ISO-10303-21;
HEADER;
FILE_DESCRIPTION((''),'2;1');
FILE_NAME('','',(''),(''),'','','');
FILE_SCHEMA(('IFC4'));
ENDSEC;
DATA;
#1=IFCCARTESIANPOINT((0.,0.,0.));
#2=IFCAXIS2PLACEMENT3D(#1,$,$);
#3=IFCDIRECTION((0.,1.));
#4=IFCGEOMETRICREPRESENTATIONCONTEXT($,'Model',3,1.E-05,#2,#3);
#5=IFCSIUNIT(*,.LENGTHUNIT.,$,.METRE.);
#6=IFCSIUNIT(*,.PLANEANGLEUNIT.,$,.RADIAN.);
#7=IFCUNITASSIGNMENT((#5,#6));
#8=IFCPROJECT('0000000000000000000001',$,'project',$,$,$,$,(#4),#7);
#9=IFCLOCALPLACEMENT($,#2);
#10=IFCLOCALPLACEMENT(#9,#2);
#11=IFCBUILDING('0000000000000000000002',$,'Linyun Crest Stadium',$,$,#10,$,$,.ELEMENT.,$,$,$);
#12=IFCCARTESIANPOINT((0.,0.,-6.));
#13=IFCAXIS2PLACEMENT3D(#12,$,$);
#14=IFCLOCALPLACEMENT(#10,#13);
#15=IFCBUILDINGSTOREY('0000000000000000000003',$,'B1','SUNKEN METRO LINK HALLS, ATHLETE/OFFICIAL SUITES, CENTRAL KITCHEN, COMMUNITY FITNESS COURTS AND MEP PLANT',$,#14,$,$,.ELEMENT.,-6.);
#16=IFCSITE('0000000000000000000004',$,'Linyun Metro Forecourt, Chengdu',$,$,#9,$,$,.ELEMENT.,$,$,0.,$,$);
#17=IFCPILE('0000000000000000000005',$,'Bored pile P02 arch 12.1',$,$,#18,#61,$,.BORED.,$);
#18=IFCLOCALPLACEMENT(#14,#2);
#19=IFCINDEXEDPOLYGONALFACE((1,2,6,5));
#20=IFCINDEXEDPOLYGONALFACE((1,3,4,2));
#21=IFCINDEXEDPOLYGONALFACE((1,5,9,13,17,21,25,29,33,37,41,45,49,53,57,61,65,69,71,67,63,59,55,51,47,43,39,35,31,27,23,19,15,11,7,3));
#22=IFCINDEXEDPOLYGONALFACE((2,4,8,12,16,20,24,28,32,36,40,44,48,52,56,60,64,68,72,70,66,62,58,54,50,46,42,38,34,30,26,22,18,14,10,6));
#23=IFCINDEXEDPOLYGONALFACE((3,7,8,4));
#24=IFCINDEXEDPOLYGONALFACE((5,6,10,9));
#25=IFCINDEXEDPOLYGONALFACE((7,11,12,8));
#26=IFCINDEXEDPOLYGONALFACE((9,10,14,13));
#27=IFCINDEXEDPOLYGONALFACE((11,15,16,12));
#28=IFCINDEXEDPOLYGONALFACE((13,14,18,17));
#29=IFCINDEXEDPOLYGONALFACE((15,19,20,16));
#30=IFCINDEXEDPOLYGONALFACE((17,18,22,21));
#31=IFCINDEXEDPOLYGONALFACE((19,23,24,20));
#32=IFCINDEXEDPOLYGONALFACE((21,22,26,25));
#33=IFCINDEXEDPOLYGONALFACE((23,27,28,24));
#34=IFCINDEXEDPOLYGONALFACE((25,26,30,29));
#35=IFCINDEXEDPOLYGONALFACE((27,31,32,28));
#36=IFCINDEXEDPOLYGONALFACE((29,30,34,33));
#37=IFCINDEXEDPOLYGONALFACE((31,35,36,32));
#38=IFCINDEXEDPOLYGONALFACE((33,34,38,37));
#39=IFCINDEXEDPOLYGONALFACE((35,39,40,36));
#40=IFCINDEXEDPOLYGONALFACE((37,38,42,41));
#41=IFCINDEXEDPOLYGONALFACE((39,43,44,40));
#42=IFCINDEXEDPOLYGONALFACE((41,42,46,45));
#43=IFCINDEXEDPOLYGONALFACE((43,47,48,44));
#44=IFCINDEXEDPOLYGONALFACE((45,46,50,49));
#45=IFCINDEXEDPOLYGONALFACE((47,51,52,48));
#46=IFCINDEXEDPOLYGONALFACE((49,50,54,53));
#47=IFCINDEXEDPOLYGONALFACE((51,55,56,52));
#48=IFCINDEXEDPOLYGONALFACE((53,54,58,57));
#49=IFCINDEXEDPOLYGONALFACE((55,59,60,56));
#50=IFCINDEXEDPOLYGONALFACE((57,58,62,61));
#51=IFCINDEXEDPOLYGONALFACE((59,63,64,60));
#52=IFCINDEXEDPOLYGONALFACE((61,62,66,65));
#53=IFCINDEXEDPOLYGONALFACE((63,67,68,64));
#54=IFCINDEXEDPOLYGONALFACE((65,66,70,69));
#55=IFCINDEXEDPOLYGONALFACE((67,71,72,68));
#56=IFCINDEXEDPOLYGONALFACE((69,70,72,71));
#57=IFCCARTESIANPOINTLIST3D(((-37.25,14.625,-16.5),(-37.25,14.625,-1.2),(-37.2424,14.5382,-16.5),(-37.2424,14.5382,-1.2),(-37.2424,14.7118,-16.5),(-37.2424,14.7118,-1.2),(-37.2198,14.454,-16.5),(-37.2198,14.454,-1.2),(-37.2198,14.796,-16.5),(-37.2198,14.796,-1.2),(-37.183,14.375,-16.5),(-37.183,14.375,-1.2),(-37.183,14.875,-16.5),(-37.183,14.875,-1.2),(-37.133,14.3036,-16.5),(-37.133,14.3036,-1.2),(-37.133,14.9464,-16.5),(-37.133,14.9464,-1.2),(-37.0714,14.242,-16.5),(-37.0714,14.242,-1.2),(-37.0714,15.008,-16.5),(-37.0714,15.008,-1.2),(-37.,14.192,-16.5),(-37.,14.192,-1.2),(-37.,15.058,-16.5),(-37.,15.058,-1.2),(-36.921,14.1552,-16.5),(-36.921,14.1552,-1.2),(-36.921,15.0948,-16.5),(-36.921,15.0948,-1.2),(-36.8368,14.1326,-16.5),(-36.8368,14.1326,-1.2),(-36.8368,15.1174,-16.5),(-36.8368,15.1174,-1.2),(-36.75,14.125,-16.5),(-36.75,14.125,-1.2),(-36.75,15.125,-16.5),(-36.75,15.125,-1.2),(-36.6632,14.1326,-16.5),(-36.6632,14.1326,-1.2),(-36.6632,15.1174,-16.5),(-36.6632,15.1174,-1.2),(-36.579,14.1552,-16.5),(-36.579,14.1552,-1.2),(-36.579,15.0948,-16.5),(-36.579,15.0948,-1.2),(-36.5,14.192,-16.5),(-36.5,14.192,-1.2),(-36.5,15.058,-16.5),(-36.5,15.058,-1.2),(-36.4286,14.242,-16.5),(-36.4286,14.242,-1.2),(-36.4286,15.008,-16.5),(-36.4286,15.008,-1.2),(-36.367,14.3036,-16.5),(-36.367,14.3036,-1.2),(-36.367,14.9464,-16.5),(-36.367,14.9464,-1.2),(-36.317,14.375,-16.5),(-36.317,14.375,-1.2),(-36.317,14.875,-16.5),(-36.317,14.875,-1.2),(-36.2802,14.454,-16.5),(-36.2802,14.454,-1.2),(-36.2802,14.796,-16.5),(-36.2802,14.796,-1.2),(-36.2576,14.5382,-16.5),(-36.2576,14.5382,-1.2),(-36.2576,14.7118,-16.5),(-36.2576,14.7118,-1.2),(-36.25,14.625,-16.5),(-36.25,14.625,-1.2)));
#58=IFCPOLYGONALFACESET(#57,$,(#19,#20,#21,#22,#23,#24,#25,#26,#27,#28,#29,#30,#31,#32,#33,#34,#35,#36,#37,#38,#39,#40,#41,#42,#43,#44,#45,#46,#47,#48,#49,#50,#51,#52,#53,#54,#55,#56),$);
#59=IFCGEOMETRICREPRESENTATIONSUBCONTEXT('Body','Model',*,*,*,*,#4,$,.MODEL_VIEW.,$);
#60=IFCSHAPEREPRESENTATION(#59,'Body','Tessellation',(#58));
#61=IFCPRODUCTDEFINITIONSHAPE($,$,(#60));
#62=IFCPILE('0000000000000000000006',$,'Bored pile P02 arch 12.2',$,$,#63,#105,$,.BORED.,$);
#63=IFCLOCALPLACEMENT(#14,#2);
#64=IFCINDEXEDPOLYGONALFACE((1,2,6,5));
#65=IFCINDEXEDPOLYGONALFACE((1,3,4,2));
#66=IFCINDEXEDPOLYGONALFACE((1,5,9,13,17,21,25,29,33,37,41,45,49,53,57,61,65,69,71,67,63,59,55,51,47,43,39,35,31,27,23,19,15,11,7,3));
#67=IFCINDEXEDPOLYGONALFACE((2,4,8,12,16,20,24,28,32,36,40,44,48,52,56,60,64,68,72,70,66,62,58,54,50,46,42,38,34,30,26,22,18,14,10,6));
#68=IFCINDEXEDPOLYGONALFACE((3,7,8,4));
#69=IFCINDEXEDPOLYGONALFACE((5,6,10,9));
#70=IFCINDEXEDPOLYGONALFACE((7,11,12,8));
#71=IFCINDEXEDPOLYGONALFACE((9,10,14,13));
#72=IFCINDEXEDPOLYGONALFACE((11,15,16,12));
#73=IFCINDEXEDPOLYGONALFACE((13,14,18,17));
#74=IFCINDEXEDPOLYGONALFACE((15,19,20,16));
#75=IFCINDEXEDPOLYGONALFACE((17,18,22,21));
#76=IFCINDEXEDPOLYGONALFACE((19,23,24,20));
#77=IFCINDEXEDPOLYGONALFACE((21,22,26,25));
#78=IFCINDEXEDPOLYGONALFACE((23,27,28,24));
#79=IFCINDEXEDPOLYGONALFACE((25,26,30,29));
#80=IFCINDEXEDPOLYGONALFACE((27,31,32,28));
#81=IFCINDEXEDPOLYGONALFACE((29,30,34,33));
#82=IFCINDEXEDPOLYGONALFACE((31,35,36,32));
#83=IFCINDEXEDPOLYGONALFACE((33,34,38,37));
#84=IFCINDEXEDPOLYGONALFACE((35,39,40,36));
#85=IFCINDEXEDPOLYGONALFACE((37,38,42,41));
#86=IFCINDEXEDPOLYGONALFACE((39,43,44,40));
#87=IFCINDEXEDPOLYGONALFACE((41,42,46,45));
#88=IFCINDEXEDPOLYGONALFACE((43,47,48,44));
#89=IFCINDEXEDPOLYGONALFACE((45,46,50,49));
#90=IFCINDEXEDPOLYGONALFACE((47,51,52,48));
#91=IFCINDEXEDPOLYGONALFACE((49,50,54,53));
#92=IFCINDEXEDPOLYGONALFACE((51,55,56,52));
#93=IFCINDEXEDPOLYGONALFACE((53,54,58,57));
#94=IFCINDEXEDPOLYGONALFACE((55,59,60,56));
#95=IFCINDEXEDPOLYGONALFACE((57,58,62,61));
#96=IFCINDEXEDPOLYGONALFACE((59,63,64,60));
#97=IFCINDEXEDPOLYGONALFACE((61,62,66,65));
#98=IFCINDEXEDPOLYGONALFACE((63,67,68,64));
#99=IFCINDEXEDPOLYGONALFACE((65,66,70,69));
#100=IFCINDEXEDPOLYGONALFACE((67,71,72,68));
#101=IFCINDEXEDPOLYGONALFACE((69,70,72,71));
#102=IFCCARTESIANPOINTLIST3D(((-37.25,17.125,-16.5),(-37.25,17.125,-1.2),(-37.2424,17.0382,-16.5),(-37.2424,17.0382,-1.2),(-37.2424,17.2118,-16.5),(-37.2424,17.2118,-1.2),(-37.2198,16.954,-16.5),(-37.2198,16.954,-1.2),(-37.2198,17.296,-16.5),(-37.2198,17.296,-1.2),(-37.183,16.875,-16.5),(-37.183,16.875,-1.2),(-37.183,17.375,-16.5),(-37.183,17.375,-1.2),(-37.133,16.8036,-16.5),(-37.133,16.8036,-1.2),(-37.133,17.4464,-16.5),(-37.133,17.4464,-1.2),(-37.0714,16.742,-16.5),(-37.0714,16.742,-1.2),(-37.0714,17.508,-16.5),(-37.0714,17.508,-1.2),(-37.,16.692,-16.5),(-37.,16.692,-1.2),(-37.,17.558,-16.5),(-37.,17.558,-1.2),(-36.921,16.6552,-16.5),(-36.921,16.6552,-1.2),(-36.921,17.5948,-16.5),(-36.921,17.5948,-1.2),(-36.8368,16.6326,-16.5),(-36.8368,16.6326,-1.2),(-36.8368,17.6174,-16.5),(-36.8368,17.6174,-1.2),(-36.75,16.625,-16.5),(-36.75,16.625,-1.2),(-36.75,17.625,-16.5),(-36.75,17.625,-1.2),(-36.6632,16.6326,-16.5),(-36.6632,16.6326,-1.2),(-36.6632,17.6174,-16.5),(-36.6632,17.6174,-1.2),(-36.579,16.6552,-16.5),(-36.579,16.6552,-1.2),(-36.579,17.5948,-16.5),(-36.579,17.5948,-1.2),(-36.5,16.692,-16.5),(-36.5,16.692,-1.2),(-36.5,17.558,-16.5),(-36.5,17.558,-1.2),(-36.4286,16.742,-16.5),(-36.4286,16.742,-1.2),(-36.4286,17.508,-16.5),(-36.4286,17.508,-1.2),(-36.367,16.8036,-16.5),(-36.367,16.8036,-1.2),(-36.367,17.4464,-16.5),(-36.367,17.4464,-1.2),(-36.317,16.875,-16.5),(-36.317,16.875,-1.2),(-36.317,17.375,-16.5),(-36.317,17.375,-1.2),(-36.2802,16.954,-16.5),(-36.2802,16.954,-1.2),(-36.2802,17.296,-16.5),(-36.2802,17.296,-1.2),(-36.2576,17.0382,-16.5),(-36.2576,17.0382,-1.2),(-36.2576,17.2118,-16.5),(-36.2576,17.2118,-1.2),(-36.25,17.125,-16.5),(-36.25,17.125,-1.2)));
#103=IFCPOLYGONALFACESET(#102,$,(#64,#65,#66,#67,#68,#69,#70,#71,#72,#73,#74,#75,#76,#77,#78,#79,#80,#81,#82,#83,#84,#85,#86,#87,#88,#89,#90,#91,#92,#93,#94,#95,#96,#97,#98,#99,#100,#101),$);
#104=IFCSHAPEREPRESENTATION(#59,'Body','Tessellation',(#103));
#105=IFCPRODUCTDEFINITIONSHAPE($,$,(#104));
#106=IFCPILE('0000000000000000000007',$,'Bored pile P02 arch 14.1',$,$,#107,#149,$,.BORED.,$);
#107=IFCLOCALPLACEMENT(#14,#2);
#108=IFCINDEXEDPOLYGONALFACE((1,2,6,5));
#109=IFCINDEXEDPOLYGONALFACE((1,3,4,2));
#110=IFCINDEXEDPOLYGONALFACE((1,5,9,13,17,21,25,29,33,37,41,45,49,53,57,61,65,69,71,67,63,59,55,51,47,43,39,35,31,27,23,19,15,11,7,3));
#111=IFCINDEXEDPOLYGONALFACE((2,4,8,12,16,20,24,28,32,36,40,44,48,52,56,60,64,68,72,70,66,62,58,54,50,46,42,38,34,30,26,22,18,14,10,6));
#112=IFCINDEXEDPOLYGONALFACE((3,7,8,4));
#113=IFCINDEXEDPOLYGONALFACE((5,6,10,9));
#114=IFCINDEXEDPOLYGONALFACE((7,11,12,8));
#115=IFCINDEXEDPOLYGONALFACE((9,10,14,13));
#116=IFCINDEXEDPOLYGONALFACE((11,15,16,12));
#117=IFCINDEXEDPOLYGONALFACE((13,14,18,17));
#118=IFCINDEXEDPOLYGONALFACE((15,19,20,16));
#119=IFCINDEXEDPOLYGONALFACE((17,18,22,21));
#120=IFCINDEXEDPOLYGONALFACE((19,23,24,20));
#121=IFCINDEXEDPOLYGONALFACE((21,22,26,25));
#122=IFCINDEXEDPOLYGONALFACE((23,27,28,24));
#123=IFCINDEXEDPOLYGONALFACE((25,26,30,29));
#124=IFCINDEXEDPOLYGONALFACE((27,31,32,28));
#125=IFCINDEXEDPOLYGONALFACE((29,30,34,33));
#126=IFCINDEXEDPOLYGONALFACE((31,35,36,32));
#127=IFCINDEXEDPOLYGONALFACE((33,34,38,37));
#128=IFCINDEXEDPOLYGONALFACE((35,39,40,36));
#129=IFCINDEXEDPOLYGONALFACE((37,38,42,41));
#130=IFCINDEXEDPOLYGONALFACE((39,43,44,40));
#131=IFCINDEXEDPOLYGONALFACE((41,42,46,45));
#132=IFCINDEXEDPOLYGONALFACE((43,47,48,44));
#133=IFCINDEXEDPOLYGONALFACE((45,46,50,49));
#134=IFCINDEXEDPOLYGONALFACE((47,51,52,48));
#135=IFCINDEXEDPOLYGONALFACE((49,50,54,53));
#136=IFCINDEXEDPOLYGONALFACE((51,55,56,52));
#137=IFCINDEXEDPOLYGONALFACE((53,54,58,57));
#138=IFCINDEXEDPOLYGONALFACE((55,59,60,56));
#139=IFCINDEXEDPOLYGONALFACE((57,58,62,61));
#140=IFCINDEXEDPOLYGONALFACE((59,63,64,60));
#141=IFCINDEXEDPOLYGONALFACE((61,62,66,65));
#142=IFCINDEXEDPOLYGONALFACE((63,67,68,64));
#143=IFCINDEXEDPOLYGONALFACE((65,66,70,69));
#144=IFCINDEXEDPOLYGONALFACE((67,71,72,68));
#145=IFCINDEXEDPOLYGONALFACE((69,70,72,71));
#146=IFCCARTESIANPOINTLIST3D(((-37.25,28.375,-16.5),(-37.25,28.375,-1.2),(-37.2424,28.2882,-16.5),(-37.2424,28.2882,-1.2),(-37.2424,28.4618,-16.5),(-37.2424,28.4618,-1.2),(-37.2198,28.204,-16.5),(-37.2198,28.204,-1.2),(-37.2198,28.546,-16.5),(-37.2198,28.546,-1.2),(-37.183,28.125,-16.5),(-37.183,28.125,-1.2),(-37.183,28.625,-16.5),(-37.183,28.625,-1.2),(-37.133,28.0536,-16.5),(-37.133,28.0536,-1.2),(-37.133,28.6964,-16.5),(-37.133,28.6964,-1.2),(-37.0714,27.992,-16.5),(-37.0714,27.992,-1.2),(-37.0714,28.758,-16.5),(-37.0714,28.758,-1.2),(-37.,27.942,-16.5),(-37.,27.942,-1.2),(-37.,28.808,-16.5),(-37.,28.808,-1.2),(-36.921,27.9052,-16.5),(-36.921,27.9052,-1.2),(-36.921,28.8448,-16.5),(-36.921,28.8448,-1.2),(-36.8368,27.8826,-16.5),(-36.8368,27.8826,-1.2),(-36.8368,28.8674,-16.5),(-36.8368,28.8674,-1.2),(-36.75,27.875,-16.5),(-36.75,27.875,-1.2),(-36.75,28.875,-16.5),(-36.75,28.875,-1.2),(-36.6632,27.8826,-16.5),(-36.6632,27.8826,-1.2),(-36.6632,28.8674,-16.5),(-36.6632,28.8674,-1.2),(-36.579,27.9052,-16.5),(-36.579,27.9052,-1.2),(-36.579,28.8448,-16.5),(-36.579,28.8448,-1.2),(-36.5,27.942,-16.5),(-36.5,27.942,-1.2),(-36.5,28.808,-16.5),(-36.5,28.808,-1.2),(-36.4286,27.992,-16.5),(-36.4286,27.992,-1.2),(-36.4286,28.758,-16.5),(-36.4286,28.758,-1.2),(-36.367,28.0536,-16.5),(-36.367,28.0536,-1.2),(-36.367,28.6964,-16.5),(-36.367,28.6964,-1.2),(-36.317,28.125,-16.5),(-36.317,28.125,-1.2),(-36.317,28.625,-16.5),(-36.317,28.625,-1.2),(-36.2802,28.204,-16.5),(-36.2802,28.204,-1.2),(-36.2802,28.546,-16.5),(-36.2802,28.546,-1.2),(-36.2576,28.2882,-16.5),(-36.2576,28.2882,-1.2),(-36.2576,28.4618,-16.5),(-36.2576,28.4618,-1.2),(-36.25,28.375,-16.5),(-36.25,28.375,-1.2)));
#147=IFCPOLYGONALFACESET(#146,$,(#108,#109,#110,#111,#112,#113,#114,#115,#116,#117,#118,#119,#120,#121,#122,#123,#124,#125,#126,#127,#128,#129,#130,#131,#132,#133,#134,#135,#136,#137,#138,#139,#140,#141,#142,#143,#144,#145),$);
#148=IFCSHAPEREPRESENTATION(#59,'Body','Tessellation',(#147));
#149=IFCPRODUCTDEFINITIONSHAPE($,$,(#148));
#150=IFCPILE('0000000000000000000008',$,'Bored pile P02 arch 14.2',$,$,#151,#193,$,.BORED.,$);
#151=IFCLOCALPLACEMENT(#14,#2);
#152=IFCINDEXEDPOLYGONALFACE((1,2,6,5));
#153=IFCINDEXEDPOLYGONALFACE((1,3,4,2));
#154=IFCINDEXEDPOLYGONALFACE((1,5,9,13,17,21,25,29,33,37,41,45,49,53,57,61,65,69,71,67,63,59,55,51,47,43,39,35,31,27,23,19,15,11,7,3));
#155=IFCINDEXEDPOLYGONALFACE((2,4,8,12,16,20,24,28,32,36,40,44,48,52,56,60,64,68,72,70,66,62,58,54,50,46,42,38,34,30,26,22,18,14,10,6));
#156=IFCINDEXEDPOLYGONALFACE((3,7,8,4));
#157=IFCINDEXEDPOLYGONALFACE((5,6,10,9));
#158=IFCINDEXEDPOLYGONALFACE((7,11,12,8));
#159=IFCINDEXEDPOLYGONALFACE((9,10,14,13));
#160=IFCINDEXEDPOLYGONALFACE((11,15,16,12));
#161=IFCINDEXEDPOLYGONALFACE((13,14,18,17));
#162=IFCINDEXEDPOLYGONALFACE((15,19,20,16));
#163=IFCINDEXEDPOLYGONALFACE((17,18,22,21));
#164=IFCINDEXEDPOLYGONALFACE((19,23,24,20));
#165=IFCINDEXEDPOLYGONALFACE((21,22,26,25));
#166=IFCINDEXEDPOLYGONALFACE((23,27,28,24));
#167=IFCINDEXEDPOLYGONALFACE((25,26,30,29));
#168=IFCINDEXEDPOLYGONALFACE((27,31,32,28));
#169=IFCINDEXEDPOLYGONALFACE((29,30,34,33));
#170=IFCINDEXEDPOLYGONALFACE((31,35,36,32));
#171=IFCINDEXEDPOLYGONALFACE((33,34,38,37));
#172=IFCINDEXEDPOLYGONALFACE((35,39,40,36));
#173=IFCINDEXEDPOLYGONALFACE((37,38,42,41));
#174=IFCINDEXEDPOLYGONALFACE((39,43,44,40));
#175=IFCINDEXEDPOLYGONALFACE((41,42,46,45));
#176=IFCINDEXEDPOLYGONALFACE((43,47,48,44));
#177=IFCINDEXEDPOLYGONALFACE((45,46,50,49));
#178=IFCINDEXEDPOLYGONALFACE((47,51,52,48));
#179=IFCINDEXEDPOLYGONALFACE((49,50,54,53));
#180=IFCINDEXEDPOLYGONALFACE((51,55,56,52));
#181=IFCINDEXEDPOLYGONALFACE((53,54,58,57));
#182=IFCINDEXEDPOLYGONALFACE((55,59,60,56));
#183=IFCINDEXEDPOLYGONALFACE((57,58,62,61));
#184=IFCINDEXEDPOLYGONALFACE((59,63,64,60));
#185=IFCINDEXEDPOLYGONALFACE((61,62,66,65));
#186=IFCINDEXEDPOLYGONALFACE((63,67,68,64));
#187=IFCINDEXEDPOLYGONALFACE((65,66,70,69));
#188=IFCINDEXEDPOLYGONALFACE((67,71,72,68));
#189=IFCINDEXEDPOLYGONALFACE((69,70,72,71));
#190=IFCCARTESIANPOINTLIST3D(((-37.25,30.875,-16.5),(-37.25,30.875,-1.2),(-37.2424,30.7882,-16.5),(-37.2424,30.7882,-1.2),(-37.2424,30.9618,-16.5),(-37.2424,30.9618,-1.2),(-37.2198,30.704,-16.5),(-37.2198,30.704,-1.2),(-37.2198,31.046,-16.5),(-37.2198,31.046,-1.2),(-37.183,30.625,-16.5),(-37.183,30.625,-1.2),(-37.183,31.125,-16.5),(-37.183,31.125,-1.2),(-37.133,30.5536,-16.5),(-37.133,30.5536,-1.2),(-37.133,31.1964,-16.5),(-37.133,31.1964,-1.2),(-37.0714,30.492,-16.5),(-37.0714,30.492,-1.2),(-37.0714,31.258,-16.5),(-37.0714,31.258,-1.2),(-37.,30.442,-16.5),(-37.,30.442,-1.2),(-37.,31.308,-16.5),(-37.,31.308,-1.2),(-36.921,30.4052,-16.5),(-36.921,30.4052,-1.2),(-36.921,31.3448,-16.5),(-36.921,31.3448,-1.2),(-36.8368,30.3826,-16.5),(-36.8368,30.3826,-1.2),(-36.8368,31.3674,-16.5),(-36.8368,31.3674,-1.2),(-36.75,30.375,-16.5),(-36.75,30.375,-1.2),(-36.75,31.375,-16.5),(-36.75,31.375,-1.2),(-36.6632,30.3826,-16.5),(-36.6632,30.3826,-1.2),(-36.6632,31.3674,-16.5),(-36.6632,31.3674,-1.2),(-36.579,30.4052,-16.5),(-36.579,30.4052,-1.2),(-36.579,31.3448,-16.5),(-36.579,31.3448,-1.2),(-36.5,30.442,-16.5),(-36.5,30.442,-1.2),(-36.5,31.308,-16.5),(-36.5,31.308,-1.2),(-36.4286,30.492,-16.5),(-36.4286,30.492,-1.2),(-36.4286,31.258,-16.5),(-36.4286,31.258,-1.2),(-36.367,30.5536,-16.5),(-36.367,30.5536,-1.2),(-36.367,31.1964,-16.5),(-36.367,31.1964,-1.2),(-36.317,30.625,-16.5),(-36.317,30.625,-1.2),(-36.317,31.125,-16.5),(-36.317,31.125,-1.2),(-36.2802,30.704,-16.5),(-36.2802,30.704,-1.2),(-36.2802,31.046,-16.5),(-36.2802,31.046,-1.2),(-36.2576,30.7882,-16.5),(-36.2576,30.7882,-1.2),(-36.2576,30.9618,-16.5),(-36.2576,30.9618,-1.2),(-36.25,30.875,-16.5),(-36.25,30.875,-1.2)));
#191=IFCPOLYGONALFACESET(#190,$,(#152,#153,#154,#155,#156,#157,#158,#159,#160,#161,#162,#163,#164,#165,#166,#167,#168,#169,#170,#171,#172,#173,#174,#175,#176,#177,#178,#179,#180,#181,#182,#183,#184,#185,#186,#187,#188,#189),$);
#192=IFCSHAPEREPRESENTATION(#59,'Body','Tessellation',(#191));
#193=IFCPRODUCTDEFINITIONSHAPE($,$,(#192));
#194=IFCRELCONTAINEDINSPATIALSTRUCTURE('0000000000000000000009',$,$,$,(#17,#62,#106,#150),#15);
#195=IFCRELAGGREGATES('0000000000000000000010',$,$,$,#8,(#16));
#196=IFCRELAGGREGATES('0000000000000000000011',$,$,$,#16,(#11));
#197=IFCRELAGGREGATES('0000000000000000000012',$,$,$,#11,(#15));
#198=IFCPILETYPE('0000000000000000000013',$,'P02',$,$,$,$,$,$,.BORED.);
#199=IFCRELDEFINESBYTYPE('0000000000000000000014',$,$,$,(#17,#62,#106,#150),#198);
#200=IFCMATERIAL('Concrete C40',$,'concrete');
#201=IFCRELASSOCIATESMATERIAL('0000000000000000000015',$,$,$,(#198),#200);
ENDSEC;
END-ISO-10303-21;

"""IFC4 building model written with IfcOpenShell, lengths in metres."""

from ifc_helpers import new_model, si_unit, direction, frame, origin, origin_2d, place, context, subcontext, project, spatial, circle, extrude, material, material_profile, profile_set, type_object, element, save


model = new_model("IFC4")

# Units and contexts
model_context = context("Model", 3, precision=1e-05, world=origin(), true_north=direction((0.0, 1.0)))
body_context = subcontext(model_context, "Body", "Model", "MODEL_VIEW")
ifc_project = project(units=[si_unit("LENGTHUNIT", "METRE"), si_unit("PLANEANGLEUNIT", "RADIAN")], contexts=[model_context])

# Site, building, storey
site_placement = place(None, origin())
site = spatial("IfcSite", under=ifc_project, at=site_placement, Name="Linyun Metro Forecourt, Chengdu", CompositionType="ELEMENT", RefElevation=0.0)
building_placement = place(site_placement, origin())
building = spatial("IfcBuilding", under=site, at=building_placement, Name="Linyun Crest Stadium", CompositionType="ELEMENT")
storey_placement = place(building_placement, frame((0.0, 0.0, -6.0)))
storey = spatial("IfcBuildingStorey", under=building, at=storey_placement, Name="B1", Description="SUNKEN METRO LINK HALLS, ATHLETE/OFFICIAL SUITES, CENTRAL KITCHEN, COMMUNITY FITNESS COURTS AND MEP PLANT", CompositionType="ELEMENT", Elevation=-6.0)

# Piles
ifc_material_1 = material(Name="Concrete C40", Category="concrete")
ifc_material_profile_1 = material_profile(ifc_material_1, circle(Radius=0.5, at=origin_2d()), Name="BORED PILE 1000")
ifc_profile_set_1 = profile_set([ifc_material_profile_1], Name="Concrete C40")
pile_type_1 = type_object("IfcPileType", Name="P02", PredefinedType="BORED", material=ifc_profile_set_1)
for number, where, z_axis, x_axis, name in (
    (1, (-36.75, 14.625, -1.2), (0.0, 0.0, -1.0), (1.0, 0.0, 0.0), "Bored pile P02 arch 12.1"),
    (2, (-36.75, 17.125, -1.2), (0.0, 0.0, -1.0), (1.0, 0.0, 0.0), "Bored pile P02 arch 12.2"),
    (3, (-36.75, 28.375, -1.2), (0.0, 0.0, -1.0), (1.0, 0.0, 0.0), "Bored pile P02 arch 14.1"),
    (4, (-36.75, 30.875, -1.2), (0.0, 0.0, -1.0), (1.0, 0.0, 0.0), "Bored pile P02 arch 14.2"),
):
    element("IfcPile", number, at=place(storey_placement, frame(where, z_axis=z_axis, x_axis=x_axis)), inside=storey, type_object=pile_type_1, Name=name, PredefinedType="BORED", context=body_context, shape_type="SweptSolid", body=[
        extrude(circle(Radius=0.5, at=origin_2d()), origin(), (0.0, 0.0, 1.0), 15.3),
    ])

save(model, "model.ifc")
